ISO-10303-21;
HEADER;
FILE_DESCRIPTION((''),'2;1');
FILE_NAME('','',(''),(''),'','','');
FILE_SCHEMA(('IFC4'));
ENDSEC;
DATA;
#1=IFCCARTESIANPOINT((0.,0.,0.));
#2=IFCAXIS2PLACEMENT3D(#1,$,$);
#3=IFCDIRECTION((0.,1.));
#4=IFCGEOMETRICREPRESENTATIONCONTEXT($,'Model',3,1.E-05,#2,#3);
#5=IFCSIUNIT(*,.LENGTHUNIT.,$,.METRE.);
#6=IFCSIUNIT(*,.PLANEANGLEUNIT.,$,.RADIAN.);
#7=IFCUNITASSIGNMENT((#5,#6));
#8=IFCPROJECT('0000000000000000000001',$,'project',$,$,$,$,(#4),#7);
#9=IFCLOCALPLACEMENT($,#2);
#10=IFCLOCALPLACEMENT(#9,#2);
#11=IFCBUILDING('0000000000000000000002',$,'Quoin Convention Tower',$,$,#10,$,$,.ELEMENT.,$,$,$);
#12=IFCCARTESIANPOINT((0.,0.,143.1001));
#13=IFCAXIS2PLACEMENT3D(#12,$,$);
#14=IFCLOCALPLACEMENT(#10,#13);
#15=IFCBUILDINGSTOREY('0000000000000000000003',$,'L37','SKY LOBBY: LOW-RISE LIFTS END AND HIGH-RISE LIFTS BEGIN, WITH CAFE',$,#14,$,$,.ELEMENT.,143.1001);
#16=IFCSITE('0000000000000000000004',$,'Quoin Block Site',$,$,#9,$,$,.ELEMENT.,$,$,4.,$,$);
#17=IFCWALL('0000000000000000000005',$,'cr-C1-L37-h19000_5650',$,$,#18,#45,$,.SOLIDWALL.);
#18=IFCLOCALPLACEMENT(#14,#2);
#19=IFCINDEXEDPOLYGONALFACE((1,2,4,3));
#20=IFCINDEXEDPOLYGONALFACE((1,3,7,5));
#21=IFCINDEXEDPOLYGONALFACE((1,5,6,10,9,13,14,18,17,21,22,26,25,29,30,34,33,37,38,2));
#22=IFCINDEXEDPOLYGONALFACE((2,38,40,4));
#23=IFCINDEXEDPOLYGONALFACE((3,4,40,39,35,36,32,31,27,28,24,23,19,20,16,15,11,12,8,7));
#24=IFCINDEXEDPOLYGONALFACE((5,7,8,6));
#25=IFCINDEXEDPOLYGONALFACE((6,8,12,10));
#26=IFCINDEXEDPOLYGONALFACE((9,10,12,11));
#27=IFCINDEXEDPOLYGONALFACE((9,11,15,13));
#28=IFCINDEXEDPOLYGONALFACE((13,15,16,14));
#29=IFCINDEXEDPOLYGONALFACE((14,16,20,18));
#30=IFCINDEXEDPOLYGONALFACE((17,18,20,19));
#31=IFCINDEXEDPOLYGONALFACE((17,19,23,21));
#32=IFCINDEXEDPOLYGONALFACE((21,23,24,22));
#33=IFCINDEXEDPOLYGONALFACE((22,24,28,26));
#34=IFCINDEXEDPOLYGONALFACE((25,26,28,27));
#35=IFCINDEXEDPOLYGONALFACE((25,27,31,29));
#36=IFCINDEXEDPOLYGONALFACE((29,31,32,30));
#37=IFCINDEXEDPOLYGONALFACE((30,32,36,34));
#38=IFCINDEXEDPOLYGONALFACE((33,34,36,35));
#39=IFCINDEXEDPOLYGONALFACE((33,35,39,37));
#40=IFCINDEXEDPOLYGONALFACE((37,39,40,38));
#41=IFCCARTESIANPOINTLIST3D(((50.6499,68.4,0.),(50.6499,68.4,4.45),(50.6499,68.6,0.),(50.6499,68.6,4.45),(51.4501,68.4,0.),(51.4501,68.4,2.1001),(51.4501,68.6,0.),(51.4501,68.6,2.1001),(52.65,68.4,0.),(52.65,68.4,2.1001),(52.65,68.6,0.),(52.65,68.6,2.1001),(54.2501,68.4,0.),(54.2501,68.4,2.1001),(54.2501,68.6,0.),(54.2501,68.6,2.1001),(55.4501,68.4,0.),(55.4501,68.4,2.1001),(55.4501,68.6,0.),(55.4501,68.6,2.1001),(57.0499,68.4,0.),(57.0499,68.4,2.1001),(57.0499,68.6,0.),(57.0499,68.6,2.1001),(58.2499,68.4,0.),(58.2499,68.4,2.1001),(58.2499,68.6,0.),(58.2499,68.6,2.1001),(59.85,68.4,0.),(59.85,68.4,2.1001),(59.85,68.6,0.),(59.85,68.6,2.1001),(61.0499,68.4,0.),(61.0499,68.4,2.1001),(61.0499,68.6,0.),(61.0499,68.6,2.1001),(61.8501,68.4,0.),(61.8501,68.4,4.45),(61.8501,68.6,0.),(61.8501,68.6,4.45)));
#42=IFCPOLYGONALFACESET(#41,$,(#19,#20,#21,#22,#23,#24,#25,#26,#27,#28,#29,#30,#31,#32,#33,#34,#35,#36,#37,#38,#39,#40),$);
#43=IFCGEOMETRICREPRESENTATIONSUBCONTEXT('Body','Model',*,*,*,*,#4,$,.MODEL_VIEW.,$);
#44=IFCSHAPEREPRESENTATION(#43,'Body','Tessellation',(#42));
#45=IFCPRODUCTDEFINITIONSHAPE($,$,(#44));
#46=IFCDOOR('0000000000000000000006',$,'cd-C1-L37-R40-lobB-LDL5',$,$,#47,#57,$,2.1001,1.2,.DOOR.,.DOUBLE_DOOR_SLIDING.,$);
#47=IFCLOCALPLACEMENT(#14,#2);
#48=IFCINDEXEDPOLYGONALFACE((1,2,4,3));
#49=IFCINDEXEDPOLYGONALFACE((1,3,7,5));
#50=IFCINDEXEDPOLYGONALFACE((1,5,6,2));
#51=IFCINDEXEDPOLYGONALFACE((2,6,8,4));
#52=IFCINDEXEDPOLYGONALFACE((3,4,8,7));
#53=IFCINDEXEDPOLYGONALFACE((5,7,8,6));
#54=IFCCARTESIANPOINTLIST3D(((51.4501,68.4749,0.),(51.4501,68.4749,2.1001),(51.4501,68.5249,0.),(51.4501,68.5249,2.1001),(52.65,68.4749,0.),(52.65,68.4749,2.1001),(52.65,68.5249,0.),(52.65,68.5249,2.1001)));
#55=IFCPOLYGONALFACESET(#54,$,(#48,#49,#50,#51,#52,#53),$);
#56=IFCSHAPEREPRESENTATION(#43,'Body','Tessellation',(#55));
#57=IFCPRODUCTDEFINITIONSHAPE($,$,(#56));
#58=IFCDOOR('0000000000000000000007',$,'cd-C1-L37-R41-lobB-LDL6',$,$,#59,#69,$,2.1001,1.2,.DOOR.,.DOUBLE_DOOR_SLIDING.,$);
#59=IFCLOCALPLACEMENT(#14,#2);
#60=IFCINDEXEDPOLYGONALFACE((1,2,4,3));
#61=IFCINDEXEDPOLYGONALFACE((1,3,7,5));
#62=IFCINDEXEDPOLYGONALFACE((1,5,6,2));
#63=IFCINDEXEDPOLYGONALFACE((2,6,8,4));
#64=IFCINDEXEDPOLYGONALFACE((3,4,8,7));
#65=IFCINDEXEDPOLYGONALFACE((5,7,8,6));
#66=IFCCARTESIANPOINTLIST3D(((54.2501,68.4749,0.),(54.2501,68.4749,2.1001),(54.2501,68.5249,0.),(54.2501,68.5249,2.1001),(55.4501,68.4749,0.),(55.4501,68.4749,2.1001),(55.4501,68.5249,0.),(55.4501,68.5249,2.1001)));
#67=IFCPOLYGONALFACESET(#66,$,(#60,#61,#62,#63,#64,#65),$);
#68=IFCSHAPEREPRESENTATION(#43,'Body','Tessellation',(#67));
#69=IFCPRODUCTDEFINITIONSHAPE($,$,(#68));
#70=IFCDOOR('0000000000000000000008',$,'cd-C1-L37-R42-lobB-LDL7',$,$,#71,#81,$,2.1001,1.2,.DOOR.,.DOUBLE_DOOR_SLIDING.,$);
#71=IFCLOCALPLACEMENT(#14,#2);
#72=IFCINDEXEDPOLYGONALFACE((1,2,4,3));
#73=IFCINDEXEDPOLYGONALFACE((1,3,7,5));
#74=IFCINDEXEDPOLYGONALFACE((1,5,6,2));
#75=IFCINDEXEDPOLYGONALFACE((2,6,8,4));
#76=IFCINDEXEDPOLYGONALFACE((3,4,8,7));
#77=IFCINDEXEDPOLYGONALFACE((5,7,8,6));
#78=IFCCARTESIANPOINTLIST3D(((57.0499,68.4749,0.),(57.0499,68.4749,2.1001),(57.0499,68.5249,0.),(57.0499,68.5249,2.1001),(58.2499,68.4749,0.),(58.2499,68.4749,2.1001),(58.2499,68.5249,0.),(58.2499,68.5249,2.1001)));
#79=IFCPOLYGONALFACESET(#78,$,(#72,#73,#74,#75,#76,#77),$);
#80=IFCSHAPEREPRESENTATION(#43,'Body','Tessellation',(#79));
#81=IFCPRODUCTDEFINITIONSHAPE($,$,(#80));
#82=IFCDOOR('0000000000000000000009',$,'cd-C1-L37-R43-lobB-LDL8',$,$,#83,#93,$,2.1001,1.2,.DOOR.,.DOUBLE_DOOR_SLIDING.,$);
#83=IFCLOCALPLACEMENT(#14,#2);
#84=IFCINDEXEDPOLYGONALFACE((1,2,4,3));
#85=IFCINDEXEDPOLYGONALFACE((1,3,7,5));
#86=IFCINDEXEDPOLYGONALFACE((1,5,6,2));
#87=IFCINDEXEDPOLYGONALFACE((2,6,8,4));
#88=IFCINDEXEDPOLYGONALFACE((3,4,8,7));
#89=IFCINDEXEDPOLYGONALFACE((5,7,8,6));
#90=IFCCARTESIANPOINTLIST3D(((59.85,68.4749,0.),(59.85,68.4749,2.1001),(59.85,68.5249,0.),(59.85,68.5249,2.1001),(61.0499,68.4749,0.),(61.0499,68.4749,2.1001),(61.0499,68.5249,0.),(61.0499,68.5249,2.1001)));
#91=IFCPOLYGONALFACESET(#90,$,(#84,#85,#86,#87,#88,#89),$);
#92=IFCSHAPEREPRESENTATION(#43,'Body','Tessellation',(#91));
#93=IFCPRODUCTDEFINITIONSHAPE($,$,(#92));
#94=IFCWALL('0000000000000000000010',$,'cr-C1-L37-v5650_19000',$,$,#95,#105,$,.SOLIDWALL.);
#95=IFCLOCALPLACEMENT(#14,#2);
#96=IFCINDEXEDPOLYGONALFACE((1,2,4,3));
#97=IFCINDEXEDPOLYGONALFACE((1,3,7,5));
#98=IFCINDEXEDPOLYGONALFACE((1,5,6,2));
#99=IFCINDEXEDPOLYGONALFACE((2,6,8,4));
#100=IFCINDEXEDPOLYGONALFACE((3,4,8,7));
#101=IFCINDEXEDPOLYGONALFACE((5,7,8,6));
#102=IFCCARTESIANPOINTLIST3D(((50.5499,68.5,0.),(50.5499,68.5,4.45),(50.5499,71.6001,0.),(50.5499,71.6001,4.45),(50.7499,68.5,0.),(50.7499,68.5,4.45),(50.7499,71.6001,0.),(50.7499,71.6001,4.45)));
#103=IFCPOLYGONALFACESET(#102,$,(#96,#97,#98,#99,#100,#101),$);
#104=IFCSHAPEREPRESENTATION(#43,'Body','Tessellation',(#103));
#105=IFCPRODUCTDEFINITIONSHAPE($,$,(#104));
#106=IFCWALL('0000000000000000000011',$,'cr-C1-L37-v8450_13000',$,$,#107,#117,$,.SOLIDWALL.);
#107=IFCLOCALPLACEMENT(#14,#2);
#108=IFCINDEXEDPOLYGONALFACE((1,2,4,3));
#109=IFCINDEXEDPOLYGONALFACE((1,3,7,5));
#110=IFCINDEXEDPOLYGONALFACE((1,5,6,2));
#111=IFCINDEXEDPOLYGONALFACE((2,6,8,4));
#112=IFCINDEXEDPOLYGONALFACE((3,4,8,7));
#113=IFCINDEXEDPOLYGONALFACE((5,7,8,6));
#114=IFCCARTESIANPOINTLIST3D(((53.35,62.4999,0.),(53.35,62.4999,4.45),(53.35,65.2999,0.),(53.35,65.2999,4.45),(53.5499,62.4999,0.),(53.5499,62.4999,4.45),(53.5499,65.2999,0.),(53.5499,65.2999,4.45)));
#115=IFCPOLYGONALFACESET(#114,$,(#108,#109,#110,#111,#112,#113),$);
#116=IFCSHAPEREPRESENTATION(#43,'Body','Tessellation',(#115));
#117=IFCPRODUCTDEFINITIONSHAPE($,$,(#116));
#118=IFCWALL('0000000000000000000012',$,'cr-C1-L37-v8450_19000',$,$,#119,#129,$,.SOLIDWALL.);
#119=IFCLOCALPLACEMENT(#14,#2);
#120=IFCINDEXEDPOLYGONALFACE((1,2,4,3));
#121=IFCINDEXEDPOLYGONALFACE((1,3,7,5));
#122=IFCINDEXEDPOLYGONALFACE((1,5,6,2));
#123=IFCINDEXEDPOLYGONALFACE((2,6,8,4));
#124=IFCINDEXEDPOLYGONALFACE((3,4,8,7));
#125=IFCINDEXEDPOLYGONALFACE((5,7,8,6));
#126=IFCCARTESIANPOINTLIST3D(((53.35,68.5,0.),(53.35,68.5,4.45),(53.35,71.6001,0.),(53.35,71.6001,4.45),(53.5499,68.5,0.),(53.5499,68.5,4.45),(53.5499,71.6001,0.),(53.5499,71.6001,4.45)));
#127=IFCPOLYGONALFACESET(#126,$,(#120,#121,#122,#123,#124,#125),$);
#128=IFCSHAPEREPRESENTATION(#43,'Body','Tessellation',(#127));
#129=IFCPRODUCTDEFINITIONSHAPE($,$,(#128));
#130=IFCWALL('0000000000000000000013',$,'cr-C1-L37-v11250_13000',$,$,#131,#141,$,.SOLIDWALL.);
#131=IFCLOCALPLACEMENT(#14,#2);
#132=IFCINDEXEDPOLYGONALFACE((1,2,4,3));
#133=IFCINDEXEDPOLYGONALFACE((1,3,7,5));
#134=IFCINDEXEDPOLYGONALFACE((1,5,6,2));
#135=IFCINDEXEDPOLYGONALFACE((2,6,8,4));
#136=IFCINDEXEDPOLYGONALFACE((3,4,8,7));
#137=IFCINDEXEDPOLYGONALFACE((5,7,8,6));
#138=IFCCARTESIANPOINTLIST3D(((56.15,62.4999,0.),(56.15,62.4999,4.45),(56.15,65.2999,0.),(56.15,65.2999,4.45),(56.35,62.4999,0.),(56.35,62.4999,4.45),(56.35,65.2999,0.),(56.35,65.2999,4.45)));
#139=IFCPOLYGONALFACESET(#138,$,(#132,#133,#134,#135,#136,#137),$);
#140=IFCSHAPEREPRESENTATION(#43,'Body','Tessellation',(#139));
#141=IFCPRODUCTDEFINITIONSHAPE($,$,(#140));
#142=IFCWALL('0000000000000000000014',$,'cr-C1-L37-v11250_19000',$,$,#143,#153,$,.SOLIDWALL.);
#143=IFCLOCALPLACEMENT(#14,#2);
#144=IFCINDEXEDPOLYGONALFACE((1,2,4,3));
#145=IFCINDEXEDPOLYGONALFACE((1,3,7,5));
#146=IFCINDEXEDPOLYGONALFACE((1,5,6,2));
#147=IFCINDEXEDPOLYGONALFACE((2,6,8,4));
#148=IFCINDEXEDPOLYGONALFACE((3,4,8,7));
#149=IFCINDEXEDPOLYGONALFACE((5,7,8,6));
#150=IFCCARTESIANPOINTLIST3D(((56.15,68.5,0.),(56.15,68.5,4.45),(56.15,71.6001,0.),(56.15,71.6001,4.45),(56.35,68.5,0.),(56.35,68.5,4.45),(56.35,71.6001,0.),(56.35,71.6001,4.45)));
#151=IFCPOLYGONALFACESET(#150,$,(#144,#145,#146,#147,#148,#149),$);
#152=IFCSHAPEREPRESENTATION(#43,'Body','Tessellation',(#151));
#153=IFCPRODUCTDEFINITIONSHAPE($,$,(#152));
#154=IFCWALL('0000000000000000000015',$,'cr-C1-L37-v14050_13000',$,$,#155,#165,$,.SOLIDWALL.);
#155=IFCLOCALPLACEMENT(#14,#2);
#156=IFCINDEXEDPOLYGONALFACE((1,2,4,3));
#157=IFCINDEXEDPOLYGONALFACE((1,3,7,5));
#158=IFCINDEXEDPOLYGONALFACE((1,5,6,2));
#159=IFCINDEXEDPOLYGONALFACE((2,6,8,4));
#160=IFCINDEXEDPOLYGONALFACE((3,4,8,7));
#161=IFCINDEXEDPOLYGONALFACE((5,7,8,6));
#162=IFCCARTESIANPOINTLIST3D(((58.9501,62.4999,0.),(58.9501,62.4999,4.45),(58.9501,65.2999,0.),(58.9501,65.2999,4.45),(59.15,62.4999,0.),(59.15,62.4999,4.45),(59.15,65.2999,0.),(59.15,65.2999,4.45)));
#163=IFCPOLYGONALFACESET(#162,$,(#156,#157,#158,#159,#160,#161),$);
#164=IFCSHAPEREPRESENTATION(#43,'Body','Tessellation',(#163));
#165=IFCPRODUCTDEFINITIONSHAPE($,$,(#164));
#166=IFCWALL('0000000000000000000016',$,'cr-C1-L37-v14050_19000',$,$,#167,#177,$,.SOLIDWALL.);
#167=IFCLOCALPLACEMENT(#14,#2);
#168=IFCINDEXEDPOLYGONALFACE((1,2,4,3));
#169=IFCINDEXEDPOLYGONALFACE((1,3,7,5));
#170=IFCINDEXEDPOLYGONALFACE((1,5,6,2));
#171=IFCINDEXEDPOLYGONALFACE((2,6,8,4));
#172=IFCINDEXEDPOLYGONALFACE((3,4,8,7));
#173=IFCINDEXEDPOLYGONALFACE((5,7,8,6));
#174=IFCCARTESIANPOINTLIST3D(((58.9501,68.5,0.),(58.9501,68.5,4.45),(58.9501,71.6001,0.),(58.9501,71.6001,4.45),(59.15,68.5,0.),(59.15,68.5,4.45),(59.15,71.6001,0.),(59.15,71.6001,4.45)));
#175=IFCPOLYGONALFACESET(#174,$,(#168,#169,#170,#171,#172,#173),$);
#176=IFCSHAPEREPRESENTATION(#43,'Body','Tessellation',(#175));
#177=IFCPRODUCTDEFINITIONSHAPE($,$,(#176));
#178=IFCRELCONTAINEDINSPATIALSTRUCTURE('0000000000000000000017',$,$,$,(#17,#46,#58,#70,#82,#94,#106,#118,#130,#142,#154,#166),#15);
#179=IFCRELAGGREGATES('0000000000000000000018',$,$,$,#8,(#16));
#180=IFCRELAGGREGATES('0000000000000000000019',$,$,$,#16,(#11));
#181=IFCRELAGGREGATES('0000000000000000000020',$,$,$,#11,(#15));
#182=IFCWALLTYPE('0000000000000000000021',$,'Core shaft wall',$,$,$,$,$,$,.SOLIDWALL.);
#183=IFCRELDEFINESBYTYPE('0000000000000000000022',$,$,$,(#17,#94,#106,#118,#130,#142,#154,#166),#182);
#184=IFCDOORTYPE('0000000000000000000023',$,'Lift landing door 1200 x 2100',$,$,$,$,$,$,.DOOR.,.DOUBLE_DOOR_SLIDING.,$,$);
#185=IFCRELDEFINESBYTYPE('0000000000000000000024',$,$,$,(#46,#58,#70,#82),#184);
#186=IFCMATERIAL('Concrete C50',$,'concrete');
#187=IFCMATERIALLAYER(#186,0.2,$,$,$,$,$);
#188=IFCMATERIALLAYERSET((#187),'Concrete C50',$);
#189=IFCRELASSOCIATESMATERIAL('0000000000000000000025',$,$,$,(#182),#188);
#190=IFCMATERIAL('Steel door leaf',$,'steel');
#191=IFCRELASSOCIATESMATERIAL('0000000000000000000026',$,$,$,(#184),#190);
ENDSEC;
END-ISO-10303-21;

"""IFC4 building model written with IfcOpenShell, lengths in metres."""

from ifc_helpers import new_model, si_unit, direction, frame, frame_2d, origin, place, context, subcontext, project, spatial, rectangle, extrude, material, layer, layer_set, type_object, element, fill, save


model = new_model("IFC4")

# Units and contexts
model_context = context("Model", 3, precision=1e-05, world=origin(), true_north=direction((0.0, 1.0)))
body_context = subcontext(model_context, "Body", "Model", "MODEL_VIEW")
ifc_project = project(units=[si_unit("LENGTHUNIT", "METRE"), si_unit("PLANEANGLEUNIT", "RADIAN")], contexts=[model_context])

# Site, building, storey
site_placement = place(None, origin())
site = spatial("IfcSite", under=ifc_project, at=site_placement, Name="Quoin Block Site", CompositionType="ELEMENT", RefElevation=4.0)
building_placement = place(site_placement, origin())
building = spatial("IfcBuilding", under=site, at=building_placement, Name="Quoin Convention Tower", CompositionType="ELEMENT")
storey_placement = place(building_placement, frame((0.0, 0.0, 143.1001)))
storey = spatial("IfcBuildingStorey", under=building, at=storey_placement, Name="L37", Description="SKY LOBBY: LOW-RISE LIFTS END AND HIGH-RISE LIFTS BEGIN, WITH CAFE", CompositionType="ELEMENT", Elevation=143.1001)

# Shared definitions
ifc_material_1 = material(Name="Steel door leaf", Category="steel")

# Wall, openings, doors
ifc_material_2 = material(Name="Concrete C50", Category="concrete")
ifc_layer_1 = layer(ifc_material_2, 0.2)
ifc_layer_set_1 = layer_set([ifc_layer_1], Name="Concrete C50")
wall_type_1 = type_object("IfcWallType", Name="Core shaft wall", PredefinedType="SOLIDWALL", material=ifc_layer_set_1)
door_type_1 = type_object("IfcDoorType", Name="Lift landing door 1200 x 2100", OperationType="DOUBLE_DOOR_SLIDING", PredefinedType="DOOR", material=ifc_material_1)
wall_1_placement = place(storey_placement, frame((50.6499, 68.5, 0.0), z_axis=(0.0, 0.0, 1.0), x_axis=(1.0, 0.0, 0.0)))
wall_1 = element("IfcWall", 1, at=wall_1_placement, inside=storey, type_object=wall_type_1, Name="cr-C1-L37-h19000_5650", PredefinedType="SOLIDWALL", context=body_context, shape_type="SweptSolid", body=[
    extrude(rectangle(XDim=11.2002, YDim=0.2, at=frame_2d((5.6001, 0.0))), origin(), (0.0, 0.0, 1.0), 4.45),
])
opening_1_placement = place(wall_1_placement, frame((0.8, 0.0, 0.0)))
opening_1 = element("IfcOpeningElement", 2, at=opening_1_placement, cuts=wall_1, PredefinedType="OPENING", context=body_context, shape_type="SweptSolid", body=[
    extrude(rectangle(XDim=1.2, YDim=2.1001, at=frame_2d((0.6001, 1.05))), frame((0.0, 0.1099, 0.0), z_axis=(0.0, -1.0, 0.0), x_axis=(1.0, 0.0, 0.0)), (0.0, 0.0, 1.0), 0.22),
])
opening_2_placement = place(wall_1_placement, frame((3.6001, 0.0, 0.0)))
opening_2 = element("IfcOpeningElement", 3, at=opening_2_placement, cuts=wall_1, PredefinedType="OPENING", context=body_context, shape_type="SweptSolid", body=[
    extrude(rectangle(XDim=1.2, YDim=2.1001, at=frame_2d((0.6001, 1.05))), frame((0.0, 0.1099, 0.0), z_axis=(0.0, -1.0, 0.0), x_axis=(1.0, 0.0, 0.0)), (0.0, 0.0, 1.0), 0.22),
])
opening_3_placement = place(wall_1_placement, frame((6.3999, 0.0, 0.0)))
opening_3 = element("IfcOpeningElement", 4, at=opening_3_placement, cuts=wall_1, PredefinedType="OPENING", context=body_context, shape_type="SweptSolid", body=[
    extrude(rectangle(XDim=1.2, YDim=2.1001, at=frame_2d((0.6001, 1.05))), frame((0.0, 0.1099, 0.0), z_axis=(0.0, -1.0, 0.0), x_axis=(1.0, 0.0, 0.0)), (0.0, 0.0, 1.0), 0.22),
])
opening_4_placement = place(wall_1_placement, frame((9.2, 0.0, 0.0)))
opening_4 = element("IfcOpeningElement", 5, at=opening_4_placement, cuts=wall_1, PredefinedType="OPENING", context=body_context, shape_type="SweptSolid", body=[
    extrude(rectangle(XDim=1.2, YDim=2.1001, at=frame_2d((0.6001, 1.05))), frame((0.0, 0.1099, 0.0), z_axis=(0.0, -1.0, 0.0), x_axis=(1.0, 0.0, 0.0)), (0.0, 0.0, 1.0), 0.22),
])
door_1_placement = place(opening_1_placement, origin())
door_1 = element("IfcDoor", 6, at=door_1_placement, inside=storey, type_object=door_type_1, Name="cd-C1-L37-R40-lobB-LDL5", OperationType="DOUBLE_DOOR_SLIDING", OverallHeight=2.1001, OverallWidth=1.2, PredefinedType="DOOR", context=body_context, shape_type="SweptSolid", body=[
    extrude(rectangle(XDim=1.2, YDim=2.1001, at=frame_2d((0.6001, 1.05))), frame((0.0, 0.0249, 0.0), z_axis=(0.0, -1.0, 0.0), x_axis=(1.0, 0.0, 0.0)), (0.0, 0.0, 1.0), 0.05),
])
fill(opening_1, door_1)
door_2_placement = place(opening_2_placement, origin())
door_2 = element("IfcDoor", 7, at=door_2_placement, inside=storey, type_object=door_type_1, Name="cd-C1-L37-R41-lobB-LDL6", OperationType="DOUBLE_DOOR_SLIDING", OverallHeight=2.1001, OverallWidth=1.2, PredefinedType="DOOR", context=body_context, shape_type="SweptSolid", body=[
    extrude(rectangle(XDim=1.2, YDim=2.1001, at=frame_2d((0.6001, 1.05))), frame((0.0, 0.0249, 0.0), z_axis=(0.0, -1.0, 0.0), x_axis=(1.0, 0.0, 0.0)), (0.0, 0.0, 1.0), 0.05),
])
fill(opening_2, door_2)
door_3_placement = place(opening_3_placement, origin())
door_3 = element("IfcDoor", 8, at=door_3_placement, inside=storey, type_object=door_type_1, Name="cd-C1-L37-R42-lobB-LDL7", OperationType="DOUBLE_DOOR_SLIDING", OverallHeight=2.1001, OverallWidth=1.2, PredefinedType="DOOR", context=body_context, shape_type="SweptSolid", body=[
    extrude(rectangle(XDim=1.2, YDim=2.1001, at=frame_2d((0.6001, 1.05))), frame((0.0, 0.0249, 0.0), z_axis=(0.0, -1.0, 0.0), x_axis=(1.0, 0.0, 0.0)), (0.0, 0.0, 1.0), 0.05),
])
fill(opening_3, door_3)
door_4_placement = place(opening_4_placement, origin())
door_4 = element("IfcDoor", 9, at=door_4_placement, inside=storey, type_object=door_type_1, Name="cd-C1-L37-R43-lobB-LDL8", OperationType="DOUBLE_DOOR_SLIDING", OverallHeight=2.1001, OverallWidth=1.2, PredefinedType="DOOR", context=body_context, shape_type="SweptSolid", body=[
    extrude(rectangle(XDim=1.2, YDim=2.1001, at=frame_2d((0.6001, 1.05))), frame((0.0, 0.0249, 0.0), z_axis=(0.0, -1.0, 0.0), x_axis=(1.0, 0.0, 0.0)), (0.0, 0.0, 1.0), 0.05),
])
fill(opening_4, door_4)

# Walls
wall_2_placement = place(storey_placement, frame((50.6499, 68.5, 0.0), z_axis=(0.0, 0.0, 1.0), x_axis=(0.0, 1.0, 0.0)))
element("IfcWall", 10, at=wall_2_placement, inside=storey, type_object=wall_type_1, Name="cr-C1-L37-v5650_19000", PredefinedType="SOLIDWALL", context=body_context, shape_type="SweptSolid", body=[
    extrude(rectangle(XDim=3.1001, YDim=0.2, at=frame_2d((1.55, 0.0))), origin(), (0.0, 0.0, 1.0), 4.45),
])
wall_3_placement = place(storey_placement, frame((53.45, 62.5, 0.0), z_axis=(0.0, 0.0, 1.0), x_axis=(0.0, 1.0, 0.0)))
element("IfcWall", 11, at=wall_3_placement, inside=storey, type_object=wall_type_1, Name="cr-C1-L37-v8450_13000", PredefinedType="SOLIDWALL", context=body_context, shape_type="SweptSolid", body=[
    extrude(rectangle(XDim=2.8, YDim=0.2, at=frame_2d((1.3999, 0.0))), origin(), (0.0, 0.0, 1.0), 4.45),
])
wall_4_placement = place(storey_placement, frame((53.45, 68.5, 0.0), z_axis=(0.0, 0.0, 1.0), x_axis=(0.0, 1.0, 0.0)))
element("IfcWall", 12, at=wall_4_placement, inside=storey, type_object=wall_type_1, Name="cr-C1-L37-v8450_19000", PredefinedType="SOLIDWALL", context=body_context, shape_type="SweptSolid", body=[
    extrude(rectangle(XDim=3.1001, YDim=0.2, at=frame_2d((1.55, 0.0))), origin(), (0.0, 0.0, 1.0), 4.45),
])
wall_5_placement = place(storey_placement, frame((56.25, 62.5, 0.0), z_axis=(0.0, 0.0, 1.0), x_axis=(0.0, 1.0, 0.0)))
element("IfcWall", 13, at=wall_5_placement, inside=storey, type_object=wall_type_1, Name="cr-C1-L37-v11250_13000", PredefinedType="SOLIDWALL", context=body_context, shape_type="SweptSolid", body=[
    extrude(rectangle(XDim=2.8, YDim=0.2, at=frame_2d((1.3999, 0.0))), origin(), (0.0, 0.0, 1.0), 4.45),
])
wall_6_placement = place(storey_placement, frame((56.25, 68.5, 0.0), z_axis=(0.0, 0.0, 1.0), x_axis=(0.0, 1.0, 0.0)))
element("IfcWall", 14, at=wall_6_placement, inside=storey, type_object=wall_type_1, Name="cr-C1-L37-v11250_19000", PredefinedType="SOLIDWALL", context=body_context, shape_type="SweptSolid", body=[
    extrude(rectangle(XDim=3.1001, YDim=0.2, at=frame_2d((1.55, 0.0))), origin(), (0.0, 0.0, 1.0), 4.45),
])
wall_7_placement = place(storey_placement, frame((59.05, 62.5, 0.0), z_axis=(0.0, 0.0, 1.0), x_axis=(0.0, 1.0, 0.0)))
element("IfcWall", 15, at=wall_7_placement, inside=storey, type_object=wall_type_1, Name="cr-C1-L37-v14050_13000", PredefinedType="SOLIDWALL", context=body_context, shape_type="SweptSolid", body=[
    extrude(rectangle(XDim=2.8, YDim=0.2, at=frame_2d((1.3999, 0.0))), origin(), (0.0, 0.0, 1.0), 4.45),
])
wall_8_placement = place(storey_placement, frame((59.05, 68.5, 0.0), z_axis=(0.0, 0.0, 1.0), x_axis=(0.0, 1.0, 0.0)))
element("IfcWall", 16, at=wall_8_placement, inside=storey, type_object=wall_type_1, Name="cr-C1-L37-v14050_19000", PredefinedType="SOLIDWALL", context=body_context, shape_type="SweptSolid", body=[
    extrude(rectangle(XDim=3.1001, YDim=0.2, at=frame_2d((1.55, 0.0))), origin(), (0.0, 0.0, 1.0), 4.45),
])

save(model, "model.ifc")
